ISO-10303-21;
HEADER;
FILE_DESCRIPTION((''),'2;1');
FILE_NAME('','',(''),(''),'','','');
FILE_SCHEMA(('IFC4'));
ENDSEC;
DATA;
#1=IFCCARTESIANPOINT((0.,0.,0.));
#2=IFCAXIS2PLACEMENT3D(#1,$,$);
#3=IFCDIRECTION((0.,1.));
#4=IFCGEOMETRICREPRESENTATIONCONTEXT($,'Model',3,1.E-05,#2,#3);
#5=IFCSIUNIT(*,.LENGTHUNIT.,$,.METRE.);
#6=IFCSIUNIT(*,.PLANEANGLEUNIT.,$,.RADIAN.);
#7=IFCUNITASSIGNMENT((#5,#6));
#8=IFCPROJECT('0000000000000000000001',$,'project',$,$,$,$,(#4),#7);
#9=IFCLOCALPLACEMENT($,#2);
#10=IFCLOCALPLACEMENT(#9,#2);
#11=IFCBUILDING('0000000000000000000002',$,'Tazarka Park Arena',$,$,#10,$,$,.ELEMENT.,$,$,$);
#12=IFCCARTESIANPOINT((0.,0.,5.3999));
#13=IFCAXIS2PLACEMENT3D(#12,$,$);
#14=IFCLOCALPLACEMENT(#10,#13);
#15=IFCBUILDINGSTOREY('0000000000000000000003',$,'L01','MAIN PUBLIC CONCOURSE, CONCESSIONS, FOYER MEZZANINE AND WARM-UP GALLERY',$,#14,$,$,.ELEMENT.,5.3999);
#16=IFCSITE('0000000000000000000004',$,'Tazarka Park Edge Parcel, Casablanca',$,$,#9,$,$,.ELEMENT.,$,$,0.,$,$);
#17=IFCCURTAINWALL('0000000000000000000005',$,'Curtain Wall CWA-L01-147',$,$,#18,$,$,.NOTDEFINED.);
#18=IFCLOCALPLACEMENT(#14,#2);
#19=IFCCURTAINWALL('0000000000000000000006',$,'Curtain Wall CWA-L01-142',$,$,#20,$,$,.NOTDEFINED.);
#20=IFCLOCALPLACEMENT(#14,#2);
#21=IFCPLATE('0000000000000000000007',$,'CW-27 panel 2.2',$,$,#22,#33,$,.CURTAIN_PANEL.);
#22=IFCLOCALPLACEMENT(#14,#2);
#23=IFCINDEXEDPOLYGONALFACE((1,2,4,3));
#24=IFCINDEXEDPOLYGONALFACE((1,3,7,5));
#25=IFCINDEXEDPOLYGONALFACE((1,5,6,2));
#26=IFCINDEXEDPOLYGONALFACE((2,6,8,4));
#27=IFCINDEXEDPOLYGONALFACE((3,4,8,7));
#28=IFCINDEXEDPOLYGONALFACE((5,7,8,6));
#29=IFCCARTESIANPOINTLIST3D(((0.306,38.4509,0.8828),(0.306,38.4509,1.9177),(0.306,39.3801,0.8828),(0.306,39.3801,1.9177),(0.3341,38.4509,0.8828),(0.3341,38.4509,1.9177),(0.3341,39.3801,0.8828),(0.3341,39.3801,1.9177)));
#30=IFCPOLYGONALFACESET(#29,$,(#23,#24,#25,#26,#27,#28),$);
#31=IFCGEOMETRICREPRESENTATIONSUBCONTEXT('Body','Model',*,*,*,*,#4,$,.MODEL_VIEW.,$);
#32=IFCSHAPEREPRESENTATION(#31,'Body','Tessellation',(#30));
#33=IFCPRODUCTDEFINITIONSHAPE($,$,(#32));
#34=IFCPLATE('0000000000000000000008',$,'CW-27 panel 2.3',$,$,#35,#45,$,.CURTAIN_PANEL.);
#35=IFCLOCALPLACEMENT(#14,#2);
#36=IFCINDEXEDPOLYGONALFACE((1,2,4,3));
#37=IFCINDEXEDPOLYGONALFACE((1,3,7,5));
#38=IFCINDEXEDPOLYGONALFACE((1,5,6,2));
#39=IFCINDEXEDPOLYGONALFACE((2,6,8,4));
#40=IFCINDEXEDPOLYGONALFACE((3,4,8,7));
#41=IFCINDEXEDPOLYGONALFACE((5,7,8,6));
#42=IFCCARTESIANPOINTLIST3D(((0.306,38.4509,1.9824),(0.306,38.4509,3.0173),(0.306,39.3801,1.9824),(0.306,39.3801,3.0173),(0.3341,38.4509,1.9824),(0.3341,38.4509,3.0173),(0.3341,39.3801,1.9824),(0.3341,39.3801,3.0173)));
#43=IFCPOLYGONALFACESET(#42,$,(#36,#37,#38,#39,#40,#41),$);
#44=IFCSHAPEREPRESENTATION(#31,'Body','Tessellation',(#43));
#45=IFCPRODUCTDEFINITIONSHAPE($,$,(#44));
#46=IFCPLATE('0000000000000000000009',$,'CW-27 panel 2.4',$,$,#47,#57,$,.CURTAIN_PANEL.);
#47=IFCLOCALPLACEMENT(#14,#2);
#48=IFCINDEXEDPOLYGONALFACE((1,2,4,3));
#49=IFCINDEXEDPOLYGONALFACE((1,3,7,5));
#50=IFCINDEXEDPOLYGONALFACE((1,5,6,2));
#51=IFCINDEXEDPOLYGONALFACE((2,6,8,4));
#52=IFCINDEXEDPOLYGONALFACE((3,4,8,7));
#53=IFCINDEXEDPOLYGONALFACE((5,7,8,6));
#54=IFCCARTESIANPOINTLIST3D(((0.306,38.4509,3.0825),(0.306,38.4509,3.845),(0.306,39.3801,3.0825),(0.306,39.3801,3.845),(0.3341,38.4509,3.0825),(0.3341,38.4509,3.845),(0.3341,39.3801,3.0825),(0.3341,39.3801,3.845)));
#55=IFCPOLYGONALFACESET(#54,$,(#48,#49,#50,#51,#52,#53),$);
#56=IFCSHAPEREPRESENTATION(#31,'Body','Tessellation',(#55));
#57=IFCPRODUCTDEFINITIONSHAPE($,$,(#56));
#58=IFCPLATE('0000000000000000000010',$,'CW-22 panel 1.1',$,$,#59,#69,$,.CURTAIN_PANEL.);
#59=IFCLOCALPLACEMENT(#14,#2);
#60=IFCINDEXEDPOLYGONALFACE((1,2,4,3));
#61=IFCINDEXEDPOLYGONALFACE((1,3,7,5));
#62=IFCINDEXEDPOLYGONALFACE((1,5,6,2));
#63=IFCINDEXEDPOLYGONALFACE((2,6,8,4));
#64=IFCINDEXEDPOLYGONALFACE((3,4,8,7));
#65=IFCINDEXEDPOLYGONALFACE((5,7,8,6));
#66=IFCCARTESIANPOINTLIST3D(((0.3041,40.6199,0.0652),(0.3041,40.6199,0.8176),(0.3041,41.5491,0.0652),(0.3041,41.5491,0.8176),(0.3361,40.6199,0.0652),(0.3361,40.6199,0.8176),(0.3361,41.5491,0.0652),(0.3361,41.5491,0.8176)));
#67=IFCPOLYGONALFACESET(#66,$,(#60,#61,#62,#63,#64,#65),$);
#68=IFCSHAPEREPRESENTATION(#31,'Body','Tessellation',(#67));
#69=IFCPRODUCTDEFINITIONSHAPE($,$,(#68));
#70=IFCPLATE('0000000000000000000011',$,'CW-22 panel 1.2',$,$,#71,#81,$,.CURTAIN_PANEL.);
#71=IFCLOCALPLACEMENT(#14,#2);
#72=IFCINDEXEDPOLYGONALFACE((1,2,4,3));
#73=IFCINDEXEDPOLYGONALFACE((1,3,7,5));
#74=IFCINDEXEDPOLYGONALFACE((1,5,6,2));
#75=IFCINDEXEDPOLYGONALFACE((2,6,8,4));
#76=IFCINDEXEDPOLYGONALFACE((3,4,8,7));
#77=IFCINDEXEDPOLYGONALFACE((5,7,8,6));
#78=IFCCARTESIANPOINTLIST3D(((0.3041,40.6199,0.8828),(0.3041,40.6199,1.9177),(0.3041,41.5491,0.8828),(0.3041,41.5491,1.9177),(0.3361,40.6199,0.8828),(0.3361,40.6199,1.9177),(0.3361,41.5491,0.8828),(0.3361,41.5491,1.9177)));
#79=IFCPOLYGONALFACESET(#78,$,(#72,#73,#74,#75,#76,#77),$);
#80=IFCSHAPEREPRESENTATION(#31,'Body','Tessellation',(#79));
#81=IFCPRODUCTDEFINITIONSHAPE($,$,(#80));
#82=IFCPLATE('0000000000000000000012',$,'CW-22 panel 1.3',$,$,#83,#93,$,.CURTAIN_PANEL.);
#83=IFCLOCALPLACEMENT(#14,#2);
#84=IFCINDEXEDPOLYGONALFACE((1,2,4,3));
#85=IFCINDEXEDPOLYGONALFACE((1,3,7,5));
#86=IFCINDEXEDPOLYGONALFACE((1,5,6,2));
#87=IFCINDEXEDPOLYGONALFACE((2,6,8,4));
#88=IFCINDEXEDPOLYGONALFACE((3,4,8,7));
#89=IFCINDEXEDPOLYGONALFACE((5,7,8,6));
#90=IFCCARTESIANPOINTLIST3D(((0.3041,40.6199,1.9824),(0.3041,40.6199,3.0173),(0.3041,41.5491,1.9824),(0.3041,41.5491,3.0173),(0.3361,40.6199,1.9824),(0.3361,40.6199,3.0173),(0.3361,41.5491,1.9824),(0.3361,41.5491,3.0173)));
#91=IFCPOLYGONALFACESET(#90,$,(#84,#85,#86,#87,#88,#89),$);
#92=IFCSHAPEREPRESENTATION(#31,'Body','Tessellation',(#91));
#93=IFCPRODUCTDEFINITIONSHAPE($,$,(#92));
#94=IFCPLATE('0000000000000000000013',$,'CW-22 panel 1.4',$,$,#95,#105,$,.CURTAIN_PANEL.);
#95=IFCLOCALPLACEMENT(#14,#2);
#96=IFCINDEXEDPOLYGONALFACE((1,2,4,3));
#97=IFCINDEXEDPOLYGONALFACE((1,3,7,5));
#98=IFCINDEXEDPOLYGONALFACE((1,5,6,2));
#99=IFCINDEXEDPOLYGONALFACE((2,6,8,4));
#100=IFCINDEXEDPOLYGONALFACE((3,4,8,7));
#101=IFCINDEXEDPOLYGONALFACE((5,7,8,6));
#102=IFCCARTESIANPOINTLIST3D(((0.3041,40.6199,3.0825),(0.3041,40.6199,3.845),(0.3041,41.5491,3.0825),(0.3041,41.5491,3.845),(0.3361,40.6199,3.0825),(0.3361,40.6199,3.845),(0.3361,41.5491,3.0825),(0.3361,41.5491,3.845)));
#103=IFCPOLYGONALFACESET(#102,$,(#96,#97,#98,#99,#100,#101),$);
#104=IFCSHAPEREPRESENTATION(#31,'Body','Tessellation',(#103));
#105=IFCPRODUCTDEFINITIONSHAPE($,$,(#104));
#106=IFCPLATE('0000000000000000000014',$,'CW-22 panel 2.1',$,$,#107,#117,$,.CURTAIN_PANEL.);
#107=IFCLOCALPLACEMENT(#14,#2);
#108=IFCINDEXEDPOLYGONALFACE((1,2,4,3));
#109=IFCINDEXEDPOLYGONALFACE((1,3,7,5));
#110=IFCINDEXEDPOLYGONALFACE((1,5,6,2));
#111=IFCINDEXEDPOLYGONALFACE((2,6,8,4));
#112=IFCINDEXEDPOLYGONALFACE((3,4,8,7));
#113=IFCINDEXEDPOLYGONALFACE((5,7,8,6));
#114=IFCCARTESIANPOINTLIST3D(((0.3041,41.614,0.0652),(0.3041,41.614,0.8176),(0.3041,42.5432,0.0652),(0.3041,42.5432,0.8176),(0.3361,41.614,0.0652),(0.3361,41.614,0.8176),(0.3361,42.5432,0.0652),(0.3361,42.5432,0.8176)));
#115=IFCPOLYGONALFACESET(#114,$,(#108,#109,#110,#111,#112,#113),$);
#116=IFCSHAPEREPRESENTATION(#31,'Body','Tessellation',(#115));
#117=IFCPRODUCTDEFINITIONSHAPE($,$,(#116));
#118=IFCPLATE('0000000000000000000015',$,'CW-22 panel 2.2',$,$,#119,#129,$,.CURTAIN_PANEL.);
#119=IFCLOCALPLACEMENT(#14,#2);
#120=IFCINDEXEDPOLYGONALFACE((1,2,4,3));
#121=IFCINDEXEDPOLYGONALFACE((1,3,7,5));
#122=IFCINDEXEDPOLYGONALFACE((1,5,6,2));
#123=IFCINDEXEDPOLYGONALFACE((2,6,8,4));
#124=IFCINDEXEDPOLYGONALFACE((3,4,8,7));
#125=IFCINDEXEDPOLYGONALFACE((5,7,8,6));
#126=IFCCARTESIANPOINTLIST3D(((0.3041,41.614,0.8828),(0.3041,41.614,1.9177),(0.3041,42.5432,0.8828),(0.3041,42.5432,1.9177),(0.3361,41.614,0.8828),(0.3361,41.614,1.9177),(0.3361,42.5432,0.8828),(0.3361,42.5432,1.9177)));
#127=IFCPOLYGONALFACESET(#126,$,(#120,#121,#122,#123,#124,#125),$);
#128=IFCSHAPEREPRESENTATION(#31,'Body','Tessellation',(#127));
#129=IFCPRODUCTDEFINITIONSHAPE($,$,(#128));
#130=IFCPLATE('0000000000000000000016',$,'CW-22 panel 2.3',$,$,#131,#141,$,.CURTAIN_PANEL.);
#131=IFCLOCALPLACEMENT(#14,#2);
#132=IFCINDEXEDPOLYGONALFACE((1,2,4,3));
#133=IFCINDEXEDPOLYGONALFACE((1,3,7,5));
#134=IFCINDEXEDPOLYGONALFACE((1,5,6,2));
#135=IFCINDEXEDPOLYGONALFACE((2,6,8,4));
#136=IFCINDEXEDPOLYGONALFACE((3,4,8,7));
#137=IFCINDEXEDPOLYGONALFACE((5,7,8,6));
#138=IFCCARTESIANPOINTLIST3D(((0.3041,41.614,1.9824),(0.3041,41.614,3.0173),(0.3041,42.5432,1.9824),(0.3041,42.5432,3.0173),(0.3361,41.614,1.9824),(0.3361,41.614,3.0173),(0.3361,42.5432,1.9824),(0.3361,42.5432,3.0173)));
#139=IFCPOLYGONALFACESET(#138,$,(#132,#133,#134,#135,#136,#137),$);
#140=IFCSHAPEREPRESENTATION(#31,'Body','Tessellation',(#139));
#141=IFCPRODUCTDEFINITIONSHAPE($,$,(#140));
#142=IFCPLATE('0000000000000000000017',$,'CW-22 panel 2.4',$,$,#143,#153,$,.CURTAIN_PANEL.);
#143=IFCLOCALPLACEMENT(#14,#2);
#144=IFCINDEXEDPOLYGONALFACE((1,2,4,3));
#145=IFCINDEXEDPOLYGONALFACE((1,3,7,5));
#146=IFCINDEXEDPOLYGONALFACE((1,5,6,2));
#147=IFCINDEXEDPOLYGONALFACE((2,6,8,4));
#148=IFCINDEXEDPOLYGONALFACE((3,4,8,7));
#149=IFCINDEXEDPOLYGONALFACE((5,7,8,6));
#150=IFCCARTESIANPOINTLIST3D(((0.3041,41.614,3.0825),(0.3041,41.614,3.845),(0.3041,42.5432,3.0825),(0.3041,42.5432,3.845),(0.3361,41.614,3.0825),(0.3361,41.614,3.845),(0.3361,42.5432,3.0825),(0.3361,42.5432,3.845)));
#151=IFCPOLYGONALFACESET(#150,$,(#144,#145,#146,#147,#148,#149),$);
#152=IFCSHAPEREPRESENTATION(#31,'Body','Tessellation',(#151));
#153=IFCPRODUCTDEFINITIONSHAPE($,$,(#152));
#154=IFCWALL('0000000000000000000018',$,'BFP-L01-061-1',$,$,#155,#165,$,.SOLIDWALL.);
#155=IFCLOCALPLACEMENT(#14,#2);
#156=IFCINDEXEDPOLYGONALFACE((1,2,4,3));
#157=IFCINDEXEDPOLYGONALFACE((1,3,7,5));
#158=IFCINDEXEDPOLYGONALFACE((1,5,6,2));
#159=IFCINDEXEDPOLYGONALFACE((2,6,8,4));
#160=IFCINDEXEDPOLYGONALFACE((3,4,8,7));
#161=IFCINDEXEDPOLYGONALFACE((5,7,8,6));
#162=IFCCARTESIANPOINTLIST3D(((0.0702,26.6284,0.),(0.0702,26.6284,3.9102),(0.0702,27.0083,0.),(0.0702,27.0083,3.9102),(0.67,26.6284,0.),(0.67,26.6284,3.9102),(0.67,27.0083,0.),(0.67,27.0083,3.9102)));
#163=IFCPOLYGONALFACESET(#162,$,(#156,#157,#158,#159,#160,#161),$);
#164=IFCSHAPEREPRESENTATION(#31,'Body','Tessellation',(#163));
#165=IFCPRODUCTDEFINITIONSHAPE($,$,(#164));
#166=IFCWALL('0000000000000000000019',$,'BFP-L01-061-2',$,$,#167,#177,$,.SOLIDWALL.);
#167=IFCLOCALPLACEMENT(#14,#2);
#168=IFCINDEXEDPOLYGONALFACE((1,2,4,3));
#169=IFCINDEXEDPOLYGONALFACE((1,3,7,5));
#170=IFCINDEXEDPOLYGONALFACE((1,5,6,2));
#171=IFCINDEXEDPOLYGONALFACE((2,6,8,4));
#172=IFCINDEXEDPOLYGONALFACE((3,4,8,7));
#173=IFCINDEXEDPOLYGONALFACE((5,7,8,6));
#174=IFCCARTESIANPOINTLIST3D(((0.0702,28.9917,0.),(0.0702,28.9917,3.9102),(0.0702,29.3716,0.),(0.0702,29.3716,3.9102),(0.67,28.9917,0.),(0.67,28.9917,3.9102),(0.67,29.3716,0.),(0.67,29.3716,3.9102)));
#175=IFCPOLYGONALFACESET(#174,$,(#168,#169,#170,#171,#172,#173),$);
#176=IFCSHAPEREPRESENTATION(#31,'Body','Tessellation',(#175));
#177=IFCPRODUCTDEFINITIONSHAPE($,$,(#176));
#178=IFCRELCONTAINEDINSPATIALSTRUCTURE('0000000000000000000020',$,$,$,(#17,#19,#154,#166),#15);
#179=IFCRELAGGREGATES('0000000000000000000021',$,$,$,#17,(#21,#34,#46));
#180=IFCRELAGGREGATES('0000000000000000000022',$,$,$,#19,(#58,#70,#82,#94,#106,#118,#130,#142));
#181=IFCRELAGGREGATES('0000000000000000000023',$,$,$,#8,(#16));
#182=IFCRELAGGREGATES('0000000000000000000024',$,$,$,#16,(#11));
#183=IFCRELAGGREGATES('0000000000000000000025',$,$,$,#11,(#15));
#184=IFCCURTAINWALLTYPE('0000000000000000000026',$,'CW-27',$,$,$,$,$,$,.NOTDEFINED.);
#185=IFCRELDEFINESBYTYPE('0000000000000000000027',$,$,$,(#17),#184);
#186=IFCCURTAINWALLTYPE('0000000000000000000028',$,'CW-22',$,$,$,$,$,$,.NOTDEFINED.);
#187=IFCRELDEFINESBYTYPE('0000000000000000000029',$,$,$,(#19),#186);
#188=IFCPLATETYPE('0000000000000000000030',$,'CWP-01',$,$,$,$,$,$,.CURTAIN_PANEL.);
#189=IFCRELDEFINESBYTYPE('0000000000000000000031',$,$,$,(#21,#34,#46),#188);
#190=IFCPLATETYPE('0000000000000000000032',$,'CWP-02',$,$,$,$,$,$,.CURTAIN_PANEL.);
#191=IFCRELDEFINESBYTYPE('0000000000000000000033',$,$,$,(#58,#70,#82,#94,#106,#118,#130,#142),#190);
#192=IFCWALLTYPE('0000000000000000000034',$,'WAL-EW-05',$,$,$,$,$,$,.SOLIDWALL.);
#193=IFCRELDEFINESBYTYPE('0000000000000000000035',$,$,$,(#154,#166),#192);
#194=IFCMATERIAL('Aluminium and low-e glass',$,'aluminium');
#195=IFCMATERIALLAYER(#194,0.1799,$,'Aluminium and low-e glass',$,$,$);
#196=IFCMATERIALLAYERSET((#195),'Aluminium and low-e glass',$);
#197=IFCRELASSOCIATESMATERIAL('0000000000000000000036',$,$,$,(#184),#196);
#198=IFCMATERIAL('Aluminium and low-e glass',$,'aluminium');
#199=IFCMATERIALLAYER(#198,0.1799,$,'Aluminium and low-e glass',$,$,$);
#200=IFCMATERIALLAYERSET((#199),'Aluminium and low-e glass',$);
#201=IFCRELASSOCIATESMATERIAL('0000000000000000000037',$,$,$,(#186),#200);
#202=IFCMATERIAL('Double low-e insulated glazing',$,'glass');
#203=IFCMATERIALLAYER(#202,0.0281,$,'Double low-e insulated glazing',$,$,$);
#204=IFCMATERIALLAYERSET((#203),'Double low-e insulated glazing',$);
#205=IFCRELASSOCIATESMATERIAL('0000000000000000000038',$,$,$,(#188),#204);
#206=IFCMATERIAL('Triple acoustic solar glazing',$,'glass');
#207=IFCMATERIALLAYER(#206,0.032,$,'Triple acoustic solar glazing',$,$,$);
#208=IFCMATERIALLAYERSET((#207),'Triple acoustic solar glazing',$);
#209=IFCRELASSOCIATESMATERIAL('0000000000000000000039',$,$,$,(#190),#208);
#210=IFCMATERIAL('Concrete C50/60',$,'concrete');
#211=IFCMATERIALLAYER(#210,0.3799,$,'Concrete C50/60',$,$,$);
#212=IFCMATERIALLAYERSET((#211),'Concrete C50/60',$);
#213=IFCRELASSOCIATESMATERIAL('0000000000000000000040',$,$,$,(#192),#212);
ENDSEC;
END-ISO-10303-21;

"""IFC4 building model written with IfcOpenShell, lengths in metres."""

from ifc_helpers import new_model, si_unit, direction, frame, frame_2d, origin, origin_2d, place, context, subcontext, project, spatial, rectangle, extrude, material, layer, layer_set, type_object, element, aggregate, save


model = new_model("IFC4")

# Units and contexts
model_context = context("Model", 3, precision=1e-05, world=origin(), true_north=direction((0.0, 1.0)))
body_context = subcontext(model_context, "Body", "Model", "MODEL_VIEW")
ifc_project = project(units=[si_unit("LENGTHUNIT", "METRE"), si_unit("PLANEANGLEUNIT", "RADIAN")], contexts=[model_context])

# Site, building, storey
site_placement = place(None, origin())
site = spatial("IfcSite", under=ifc_project, at=site_placement, Name="Tazarka Park Edge Parcel, Casablanca", CompositionType="ELEMENT", RefElevation=0.0)
building_placement = place(site_placement, origin())
building = spatial("IfcBuilding", under=site, at=building_placement, Name="Tazarka Park Arena", CompositionType="ELEMENT")
storey_placement = place(building_placement, frame((0.0, 0.0, 5.3999)))
storey = spatial("IfcBuildingStorey", under=building, at=storey_placement, Name="L01", Description="MAIN PUBLIC CONCOURSE, CONCESSIONS, FOYER MEZZANINE AND WARM-UP GALLERY", CompositionType="ELEMENT", Elevation=5.3999)

# Curtain wall
ifc_material_1 = material(Name="Aluminium and low-e glass", Category="aluminium")
ifc_layer_1 = layer(ifc_material_1, 0.1799, Name="Aluminium and low-e glass")
ifc_layer_set_1 = layer_set([ifc_layer_1], Name="Aluminium and low-e glass")
curtain_wall_type_1 = type_object("IfcCurtainWallType", Name="CW-27", PredefinedType="NOTDEFINED", material=ifc_layer_set_1)
curtain_wall_1_placement = place(storey_placement, origin())
curtain_wall_1 = element("IfcCurtainWall", 1, at=curtain_wall_1_placement, inside=storey, type_object=curtain_wall_type_1, Name="Curtain Wall CWA-L01-147", PredefinedType="NOTDEFINED")

# Curtain wall
ifc_material_2 = material(Name="Aluminium and low-e glass", Category="aluminium")
ifc_layer_2 = layer(ifc_material_2, 0.1799, Name="Aluminium and low-e glass")
ifc_layer_set_2 = layer_set([ifc_layer_2], Name="Aluminium and low-e glass")
curtain_wall_type_2 = type_object("IfcCurtainWallType", Name="CW-22", PredefinedType="NOTDEFINED", material=ifc_layer_set_2)
curtain_wall_2_placement = place(storey_placement, origin())
curtain_wall_2 = element("IfcCurtainWall", 2, at=curtain_wall_2_placement, inside=storey, type_object=curtain_wall_type_2, Name="Curtain Wall CWA-L01-142", PredefinedType="NOTDEFINED")

# Plates
ifc_material_3 = material(Name="Double low-e insulated glazing", Category="glass")
ifc_layer_3 = layer(ifc_material_3, 0.0281, Name="Double low-e insulated glazing")
ifc_layer_set_3 = layer_set([ifc_layer_3], Name="Double low-e insulated glazing")
plate_type_1 = type_object("IfcPlateType", Name="CWP-01", PredefinedType="CURTAIN_PANEL", material=ifc_layer_set_3)
plate_1_placement = place(storey_placement, frame((0.3201, 38.9155, 0.8828), z_axis=(0.0, 0.0, 1.0), x_axis=(0.0, 1.0, 0.0)))
plate_1 = element("IfcPlate", 3, at=plate_1_placement, type_object=plate_type_1, Name="CW-27 panel 2.2", PredefinedType="CURTAIN_PANEL", context=body_context, shape_type="SweptSolid", body=[
    extrude(rectangle(XDim=0.9292, YDim=0.0281, at=origin_2d()), origin(), (0.0, 0.0, 1.0), 1.0349),
])
plate_2_placement = place(storey_placement, frame((0.3201, 38.9155, 1.9824), z_axis=(0.0, 0.0, 1.0), x_axis=(0.0, 1.0, 0.0)))
plate_2 = element("IfcPlate", 4, at=plate_2_placement, type_object=plate_type_1, Name="CW-27 panel 2.3", PredefinedType="CURTAIN_PANEL", context=body_context, shape_type="SweptSolid", body=[
    extrude(rectangle(XDim=0.9292, YDim=0.0281, at=origin_2d()), origin(), (0.0, 0.0, 1.0), 1.0349),
])
plate_3_placement = place(storey_placement, frame((0.3201, 38.9155, 3.0825), z_axis=(0.0, 0.0, 1.0), x_axis=(0.0, 1.0, 0.0)))
plate_3 = element("IfcPlate", 5, at=plate_3_placement, type_object=plate_type_1, Name="CW-27 panel 2.4", PredefinedType="CURTAIN_PANEL", context=body_context, shape_type="SweptSolid", body=[
    extrude(rectangle(XDim=0.9292, YDim=0.0281, at=origin_2d()), origin(), (0.0, 0.0, 1.0), 0.7625),
])
aggregate(curtain_wall_1, [plate_1, plate_2, plate_3])
ifc_material_4 = material(Name="Triple acoustic solar glazing", Category="glass")
ifc_layer_4 = layer(ifc_material_4, 0.032, Name="Triple acoustic solar glazing")
ifc_layer_set_4 = layer_set([ifc_layer_4], Name="Triple acoustic solar glazing")
plate_type_2 = type_object("IfcPlateType", Name="CWP-02", PredefinedType="CURTAIN_PANEL", material=ifc_layer_set_4)
plate_4_placement = place(storey_placement, frame((0.3201, 41.0845, 0.0652), z_axis=(0.0, 0.0, 1.0), x_axis=(0.0, 1.0, 0.0)))
plate_4 = element("IfcPlate", 6, at=plate_4_placement, type_object=plate_type_2, Name="CW-22 panel 1.1", PredefinedType="CURTAIN_PANEL", context=body_context, shape_type="SweptSolid", body=[
    extrude(rectangle(XDim=0.9292, YDim=0.032, at=origin_2d()), origin(), (0.0, 0.0, 1.0), 0.7524),
])
plate_5_placement = place(storey_placement, frame((0.3201, 41.0845, 0.8828), z_axis=(0.0, 0.0, 1.0), x_axis=(0.0, 1.0, 0.0)))
plate_5 = element("IfcPlate", 7, at=plate_5_placement, type_object=plate_type_2, Name="CW-22 panel 1.2", PredefinedType="CURTAIN_PANEL", context=body_context, shape_type="SweptSolid", body=[
    extrude(rectangle(XDim=0.9292, YDim=0.032, at=origin_2d()), origin(), (0.0, 0.0, 1.0), 1.0349),
])
plate_6_placement = place(storey_placement, frame((0.3201, 41.0845, 1.9824), z_axis=(0.0, 0.0, 1.0), x_axis=(0.0, 1.0, 0.0)))
plate_6 = element("IfcPlate", 8, at=plate_6_placement, type_object=plate_type_2, Name="CW-22 panel 1.3", PredefinedType="CURTAIN_PANEL", context=body_context, shape_type="SweptSolid", body=[
    extrude(rectangle(XDim=0.9292, YDim=0.032, at=origin_2d()), origin(), (0.0, 0.0, 1.0), 1.0349),
])
plate_7_placement = place(storey_placement, frame((0.3201, 41.0845, 3.0825), z_axis=(0.0, 0.0, 1.0), x_axis=(0.0, 1.0, 0.0)))
plate_7 = element("IfcPlate", 9, at=plate_7_placement, type_object=plate_type_2, Name="CW-22 panel 1.4", PredefinedType="CURTAIN_PANEL", context=body_context, shape_type="SweptSolid", body=[
    extrude(rectangle(XDim=0.9292, YDim=0.032, at=origin_2d()), origin(), (0.0, 0.0, 1.0), 0.7625),
])
plate_8_placement = place(storey_placement, frame((0.3201, 42.0786, 0.0652), z_axis=(0.0, 0.0, 1.0), x_axis=(0.0, 1.0, 0.0)))
plate_8 = element("IfcPlate", 10, at=plate_8_placement, type_object=plate_type_2, Name="CW-22 panel 2.1", PredefinedType="CURTAIN_PANEL", context=body_context, shape_type="SweptSolid", body=[
    extrude(rectangle(XDim=0.9292, YDim=0.032, at=origin_2d()), origin(), (0.0, 0.0, 1.0), 0.7524),
])
plate_9_placement = place(storey_placement, frame((0.3201, 42.0786, 0.8828), z_axis=(0.0, 0.0, 1.0), x_axis=(0.0, 1.0, 0.0)))
plate_9 = element("IfcPlate", 11, at=plate_9_placement, type_object=plate_type_2, Name="CW-22 panel 2.2", PredefinedType="CURTAIN_PANEL", context=body_context, shape_type="SweptSolid", body=[
    extrude(rectangle(XDim=0.9292, YDim=0.032, at=origin_2d()), origin(), (0.0, 0.0, 1.0), 1.0349),
])
plate_10_placement = place(storey_placement, frame((0.3201, 42.0786, 1.9824), z_axis=(0.0, 0.0, 1.0), x_axis=(0.0, 1.0, 0.0)))
plate_10 = element("IfcPlate", 12, at=plate_10_placement, type_object=plate_type_2, Name="CW-22 panel 2.3", PredefinedType="CURTAIN_PANEL", context=body_context, shape_type="SweptSolid", body=[
    extrude(rectangle(XDim=0.9292, YDim=0.032, at=origin_2d()), origin(), (0.0, 0.0, 1.0), 1.0349),
])
plate_11_placement = place(storey_placement, frame((0.3201, 42.0786, 3.0825), z_axis=(0.0, 0.0, 1.0), x_axis=(0.0, 1.0, 0.0)))
plate_11 = element("IfcPlate", 13, at=plate_11_placement, type_object=plate_type_2, Name="CW-22 panel 2.4", PredefinedType="CURTAIN_PANEL", context=body_context, shape_type="SweptSolid", body=[
    extrude(rectangle(XDim=0.9292, YDim=0.032, at=origin_2d()), origin(), (0.0, 0.0, 1.0), 0.7625),
])
aggregate(curtain_wall_2, [plate_4, plate_5, plate_6, plate_7, plate_8, plate_9, plate_10, plate_11])

# Walls
ifc_material_5 = material(Name="Concrete C50/60", Category="concrete")
ifc_layer_5 = layer(ifc_material_5, 0.3799, Name="Concrete C50/60")
ifc_layer_set_5 = layer_set([ifc_layer_5], Name="Concrete C50/60")
wall_type = type_object("IfcWallType", Name="WAL-EW-05", PredefinedType="SOLIDWALL", material=ifc_layer_set_5)
for number, where, z_axis, x_axis, name in (
    (14, (0.6699, 26.8184, 0.0), (0.0, 0.0, 1.0), (-1.0, 0.0, 0.0), "BFP-L01-061-1"),
    (15, (0.6699, 29.1816, 0.0), (0.0, 0.0, 1.0), (-1.0, 0.0, 0.0), "BFP-L01-061-2"),
):
    element("IfcWall", number, at=place(storey_placement, frame(where, z_axis=z_axis, x_axis=x_axis)), inside=storey, type_object=wall_type, Name=name, PredefinedType="SOLIDWALL", context=body_context, shape_type="SweptSolid", body=[
        extrude(rectangle(XDim=0.5999, YDim=0.3799, at=frame_2d((0.2998, 0.0))), origin(), (0.0, 0.0, 1.0), 3.9102),
    ])

save(model, "model.ifc")
